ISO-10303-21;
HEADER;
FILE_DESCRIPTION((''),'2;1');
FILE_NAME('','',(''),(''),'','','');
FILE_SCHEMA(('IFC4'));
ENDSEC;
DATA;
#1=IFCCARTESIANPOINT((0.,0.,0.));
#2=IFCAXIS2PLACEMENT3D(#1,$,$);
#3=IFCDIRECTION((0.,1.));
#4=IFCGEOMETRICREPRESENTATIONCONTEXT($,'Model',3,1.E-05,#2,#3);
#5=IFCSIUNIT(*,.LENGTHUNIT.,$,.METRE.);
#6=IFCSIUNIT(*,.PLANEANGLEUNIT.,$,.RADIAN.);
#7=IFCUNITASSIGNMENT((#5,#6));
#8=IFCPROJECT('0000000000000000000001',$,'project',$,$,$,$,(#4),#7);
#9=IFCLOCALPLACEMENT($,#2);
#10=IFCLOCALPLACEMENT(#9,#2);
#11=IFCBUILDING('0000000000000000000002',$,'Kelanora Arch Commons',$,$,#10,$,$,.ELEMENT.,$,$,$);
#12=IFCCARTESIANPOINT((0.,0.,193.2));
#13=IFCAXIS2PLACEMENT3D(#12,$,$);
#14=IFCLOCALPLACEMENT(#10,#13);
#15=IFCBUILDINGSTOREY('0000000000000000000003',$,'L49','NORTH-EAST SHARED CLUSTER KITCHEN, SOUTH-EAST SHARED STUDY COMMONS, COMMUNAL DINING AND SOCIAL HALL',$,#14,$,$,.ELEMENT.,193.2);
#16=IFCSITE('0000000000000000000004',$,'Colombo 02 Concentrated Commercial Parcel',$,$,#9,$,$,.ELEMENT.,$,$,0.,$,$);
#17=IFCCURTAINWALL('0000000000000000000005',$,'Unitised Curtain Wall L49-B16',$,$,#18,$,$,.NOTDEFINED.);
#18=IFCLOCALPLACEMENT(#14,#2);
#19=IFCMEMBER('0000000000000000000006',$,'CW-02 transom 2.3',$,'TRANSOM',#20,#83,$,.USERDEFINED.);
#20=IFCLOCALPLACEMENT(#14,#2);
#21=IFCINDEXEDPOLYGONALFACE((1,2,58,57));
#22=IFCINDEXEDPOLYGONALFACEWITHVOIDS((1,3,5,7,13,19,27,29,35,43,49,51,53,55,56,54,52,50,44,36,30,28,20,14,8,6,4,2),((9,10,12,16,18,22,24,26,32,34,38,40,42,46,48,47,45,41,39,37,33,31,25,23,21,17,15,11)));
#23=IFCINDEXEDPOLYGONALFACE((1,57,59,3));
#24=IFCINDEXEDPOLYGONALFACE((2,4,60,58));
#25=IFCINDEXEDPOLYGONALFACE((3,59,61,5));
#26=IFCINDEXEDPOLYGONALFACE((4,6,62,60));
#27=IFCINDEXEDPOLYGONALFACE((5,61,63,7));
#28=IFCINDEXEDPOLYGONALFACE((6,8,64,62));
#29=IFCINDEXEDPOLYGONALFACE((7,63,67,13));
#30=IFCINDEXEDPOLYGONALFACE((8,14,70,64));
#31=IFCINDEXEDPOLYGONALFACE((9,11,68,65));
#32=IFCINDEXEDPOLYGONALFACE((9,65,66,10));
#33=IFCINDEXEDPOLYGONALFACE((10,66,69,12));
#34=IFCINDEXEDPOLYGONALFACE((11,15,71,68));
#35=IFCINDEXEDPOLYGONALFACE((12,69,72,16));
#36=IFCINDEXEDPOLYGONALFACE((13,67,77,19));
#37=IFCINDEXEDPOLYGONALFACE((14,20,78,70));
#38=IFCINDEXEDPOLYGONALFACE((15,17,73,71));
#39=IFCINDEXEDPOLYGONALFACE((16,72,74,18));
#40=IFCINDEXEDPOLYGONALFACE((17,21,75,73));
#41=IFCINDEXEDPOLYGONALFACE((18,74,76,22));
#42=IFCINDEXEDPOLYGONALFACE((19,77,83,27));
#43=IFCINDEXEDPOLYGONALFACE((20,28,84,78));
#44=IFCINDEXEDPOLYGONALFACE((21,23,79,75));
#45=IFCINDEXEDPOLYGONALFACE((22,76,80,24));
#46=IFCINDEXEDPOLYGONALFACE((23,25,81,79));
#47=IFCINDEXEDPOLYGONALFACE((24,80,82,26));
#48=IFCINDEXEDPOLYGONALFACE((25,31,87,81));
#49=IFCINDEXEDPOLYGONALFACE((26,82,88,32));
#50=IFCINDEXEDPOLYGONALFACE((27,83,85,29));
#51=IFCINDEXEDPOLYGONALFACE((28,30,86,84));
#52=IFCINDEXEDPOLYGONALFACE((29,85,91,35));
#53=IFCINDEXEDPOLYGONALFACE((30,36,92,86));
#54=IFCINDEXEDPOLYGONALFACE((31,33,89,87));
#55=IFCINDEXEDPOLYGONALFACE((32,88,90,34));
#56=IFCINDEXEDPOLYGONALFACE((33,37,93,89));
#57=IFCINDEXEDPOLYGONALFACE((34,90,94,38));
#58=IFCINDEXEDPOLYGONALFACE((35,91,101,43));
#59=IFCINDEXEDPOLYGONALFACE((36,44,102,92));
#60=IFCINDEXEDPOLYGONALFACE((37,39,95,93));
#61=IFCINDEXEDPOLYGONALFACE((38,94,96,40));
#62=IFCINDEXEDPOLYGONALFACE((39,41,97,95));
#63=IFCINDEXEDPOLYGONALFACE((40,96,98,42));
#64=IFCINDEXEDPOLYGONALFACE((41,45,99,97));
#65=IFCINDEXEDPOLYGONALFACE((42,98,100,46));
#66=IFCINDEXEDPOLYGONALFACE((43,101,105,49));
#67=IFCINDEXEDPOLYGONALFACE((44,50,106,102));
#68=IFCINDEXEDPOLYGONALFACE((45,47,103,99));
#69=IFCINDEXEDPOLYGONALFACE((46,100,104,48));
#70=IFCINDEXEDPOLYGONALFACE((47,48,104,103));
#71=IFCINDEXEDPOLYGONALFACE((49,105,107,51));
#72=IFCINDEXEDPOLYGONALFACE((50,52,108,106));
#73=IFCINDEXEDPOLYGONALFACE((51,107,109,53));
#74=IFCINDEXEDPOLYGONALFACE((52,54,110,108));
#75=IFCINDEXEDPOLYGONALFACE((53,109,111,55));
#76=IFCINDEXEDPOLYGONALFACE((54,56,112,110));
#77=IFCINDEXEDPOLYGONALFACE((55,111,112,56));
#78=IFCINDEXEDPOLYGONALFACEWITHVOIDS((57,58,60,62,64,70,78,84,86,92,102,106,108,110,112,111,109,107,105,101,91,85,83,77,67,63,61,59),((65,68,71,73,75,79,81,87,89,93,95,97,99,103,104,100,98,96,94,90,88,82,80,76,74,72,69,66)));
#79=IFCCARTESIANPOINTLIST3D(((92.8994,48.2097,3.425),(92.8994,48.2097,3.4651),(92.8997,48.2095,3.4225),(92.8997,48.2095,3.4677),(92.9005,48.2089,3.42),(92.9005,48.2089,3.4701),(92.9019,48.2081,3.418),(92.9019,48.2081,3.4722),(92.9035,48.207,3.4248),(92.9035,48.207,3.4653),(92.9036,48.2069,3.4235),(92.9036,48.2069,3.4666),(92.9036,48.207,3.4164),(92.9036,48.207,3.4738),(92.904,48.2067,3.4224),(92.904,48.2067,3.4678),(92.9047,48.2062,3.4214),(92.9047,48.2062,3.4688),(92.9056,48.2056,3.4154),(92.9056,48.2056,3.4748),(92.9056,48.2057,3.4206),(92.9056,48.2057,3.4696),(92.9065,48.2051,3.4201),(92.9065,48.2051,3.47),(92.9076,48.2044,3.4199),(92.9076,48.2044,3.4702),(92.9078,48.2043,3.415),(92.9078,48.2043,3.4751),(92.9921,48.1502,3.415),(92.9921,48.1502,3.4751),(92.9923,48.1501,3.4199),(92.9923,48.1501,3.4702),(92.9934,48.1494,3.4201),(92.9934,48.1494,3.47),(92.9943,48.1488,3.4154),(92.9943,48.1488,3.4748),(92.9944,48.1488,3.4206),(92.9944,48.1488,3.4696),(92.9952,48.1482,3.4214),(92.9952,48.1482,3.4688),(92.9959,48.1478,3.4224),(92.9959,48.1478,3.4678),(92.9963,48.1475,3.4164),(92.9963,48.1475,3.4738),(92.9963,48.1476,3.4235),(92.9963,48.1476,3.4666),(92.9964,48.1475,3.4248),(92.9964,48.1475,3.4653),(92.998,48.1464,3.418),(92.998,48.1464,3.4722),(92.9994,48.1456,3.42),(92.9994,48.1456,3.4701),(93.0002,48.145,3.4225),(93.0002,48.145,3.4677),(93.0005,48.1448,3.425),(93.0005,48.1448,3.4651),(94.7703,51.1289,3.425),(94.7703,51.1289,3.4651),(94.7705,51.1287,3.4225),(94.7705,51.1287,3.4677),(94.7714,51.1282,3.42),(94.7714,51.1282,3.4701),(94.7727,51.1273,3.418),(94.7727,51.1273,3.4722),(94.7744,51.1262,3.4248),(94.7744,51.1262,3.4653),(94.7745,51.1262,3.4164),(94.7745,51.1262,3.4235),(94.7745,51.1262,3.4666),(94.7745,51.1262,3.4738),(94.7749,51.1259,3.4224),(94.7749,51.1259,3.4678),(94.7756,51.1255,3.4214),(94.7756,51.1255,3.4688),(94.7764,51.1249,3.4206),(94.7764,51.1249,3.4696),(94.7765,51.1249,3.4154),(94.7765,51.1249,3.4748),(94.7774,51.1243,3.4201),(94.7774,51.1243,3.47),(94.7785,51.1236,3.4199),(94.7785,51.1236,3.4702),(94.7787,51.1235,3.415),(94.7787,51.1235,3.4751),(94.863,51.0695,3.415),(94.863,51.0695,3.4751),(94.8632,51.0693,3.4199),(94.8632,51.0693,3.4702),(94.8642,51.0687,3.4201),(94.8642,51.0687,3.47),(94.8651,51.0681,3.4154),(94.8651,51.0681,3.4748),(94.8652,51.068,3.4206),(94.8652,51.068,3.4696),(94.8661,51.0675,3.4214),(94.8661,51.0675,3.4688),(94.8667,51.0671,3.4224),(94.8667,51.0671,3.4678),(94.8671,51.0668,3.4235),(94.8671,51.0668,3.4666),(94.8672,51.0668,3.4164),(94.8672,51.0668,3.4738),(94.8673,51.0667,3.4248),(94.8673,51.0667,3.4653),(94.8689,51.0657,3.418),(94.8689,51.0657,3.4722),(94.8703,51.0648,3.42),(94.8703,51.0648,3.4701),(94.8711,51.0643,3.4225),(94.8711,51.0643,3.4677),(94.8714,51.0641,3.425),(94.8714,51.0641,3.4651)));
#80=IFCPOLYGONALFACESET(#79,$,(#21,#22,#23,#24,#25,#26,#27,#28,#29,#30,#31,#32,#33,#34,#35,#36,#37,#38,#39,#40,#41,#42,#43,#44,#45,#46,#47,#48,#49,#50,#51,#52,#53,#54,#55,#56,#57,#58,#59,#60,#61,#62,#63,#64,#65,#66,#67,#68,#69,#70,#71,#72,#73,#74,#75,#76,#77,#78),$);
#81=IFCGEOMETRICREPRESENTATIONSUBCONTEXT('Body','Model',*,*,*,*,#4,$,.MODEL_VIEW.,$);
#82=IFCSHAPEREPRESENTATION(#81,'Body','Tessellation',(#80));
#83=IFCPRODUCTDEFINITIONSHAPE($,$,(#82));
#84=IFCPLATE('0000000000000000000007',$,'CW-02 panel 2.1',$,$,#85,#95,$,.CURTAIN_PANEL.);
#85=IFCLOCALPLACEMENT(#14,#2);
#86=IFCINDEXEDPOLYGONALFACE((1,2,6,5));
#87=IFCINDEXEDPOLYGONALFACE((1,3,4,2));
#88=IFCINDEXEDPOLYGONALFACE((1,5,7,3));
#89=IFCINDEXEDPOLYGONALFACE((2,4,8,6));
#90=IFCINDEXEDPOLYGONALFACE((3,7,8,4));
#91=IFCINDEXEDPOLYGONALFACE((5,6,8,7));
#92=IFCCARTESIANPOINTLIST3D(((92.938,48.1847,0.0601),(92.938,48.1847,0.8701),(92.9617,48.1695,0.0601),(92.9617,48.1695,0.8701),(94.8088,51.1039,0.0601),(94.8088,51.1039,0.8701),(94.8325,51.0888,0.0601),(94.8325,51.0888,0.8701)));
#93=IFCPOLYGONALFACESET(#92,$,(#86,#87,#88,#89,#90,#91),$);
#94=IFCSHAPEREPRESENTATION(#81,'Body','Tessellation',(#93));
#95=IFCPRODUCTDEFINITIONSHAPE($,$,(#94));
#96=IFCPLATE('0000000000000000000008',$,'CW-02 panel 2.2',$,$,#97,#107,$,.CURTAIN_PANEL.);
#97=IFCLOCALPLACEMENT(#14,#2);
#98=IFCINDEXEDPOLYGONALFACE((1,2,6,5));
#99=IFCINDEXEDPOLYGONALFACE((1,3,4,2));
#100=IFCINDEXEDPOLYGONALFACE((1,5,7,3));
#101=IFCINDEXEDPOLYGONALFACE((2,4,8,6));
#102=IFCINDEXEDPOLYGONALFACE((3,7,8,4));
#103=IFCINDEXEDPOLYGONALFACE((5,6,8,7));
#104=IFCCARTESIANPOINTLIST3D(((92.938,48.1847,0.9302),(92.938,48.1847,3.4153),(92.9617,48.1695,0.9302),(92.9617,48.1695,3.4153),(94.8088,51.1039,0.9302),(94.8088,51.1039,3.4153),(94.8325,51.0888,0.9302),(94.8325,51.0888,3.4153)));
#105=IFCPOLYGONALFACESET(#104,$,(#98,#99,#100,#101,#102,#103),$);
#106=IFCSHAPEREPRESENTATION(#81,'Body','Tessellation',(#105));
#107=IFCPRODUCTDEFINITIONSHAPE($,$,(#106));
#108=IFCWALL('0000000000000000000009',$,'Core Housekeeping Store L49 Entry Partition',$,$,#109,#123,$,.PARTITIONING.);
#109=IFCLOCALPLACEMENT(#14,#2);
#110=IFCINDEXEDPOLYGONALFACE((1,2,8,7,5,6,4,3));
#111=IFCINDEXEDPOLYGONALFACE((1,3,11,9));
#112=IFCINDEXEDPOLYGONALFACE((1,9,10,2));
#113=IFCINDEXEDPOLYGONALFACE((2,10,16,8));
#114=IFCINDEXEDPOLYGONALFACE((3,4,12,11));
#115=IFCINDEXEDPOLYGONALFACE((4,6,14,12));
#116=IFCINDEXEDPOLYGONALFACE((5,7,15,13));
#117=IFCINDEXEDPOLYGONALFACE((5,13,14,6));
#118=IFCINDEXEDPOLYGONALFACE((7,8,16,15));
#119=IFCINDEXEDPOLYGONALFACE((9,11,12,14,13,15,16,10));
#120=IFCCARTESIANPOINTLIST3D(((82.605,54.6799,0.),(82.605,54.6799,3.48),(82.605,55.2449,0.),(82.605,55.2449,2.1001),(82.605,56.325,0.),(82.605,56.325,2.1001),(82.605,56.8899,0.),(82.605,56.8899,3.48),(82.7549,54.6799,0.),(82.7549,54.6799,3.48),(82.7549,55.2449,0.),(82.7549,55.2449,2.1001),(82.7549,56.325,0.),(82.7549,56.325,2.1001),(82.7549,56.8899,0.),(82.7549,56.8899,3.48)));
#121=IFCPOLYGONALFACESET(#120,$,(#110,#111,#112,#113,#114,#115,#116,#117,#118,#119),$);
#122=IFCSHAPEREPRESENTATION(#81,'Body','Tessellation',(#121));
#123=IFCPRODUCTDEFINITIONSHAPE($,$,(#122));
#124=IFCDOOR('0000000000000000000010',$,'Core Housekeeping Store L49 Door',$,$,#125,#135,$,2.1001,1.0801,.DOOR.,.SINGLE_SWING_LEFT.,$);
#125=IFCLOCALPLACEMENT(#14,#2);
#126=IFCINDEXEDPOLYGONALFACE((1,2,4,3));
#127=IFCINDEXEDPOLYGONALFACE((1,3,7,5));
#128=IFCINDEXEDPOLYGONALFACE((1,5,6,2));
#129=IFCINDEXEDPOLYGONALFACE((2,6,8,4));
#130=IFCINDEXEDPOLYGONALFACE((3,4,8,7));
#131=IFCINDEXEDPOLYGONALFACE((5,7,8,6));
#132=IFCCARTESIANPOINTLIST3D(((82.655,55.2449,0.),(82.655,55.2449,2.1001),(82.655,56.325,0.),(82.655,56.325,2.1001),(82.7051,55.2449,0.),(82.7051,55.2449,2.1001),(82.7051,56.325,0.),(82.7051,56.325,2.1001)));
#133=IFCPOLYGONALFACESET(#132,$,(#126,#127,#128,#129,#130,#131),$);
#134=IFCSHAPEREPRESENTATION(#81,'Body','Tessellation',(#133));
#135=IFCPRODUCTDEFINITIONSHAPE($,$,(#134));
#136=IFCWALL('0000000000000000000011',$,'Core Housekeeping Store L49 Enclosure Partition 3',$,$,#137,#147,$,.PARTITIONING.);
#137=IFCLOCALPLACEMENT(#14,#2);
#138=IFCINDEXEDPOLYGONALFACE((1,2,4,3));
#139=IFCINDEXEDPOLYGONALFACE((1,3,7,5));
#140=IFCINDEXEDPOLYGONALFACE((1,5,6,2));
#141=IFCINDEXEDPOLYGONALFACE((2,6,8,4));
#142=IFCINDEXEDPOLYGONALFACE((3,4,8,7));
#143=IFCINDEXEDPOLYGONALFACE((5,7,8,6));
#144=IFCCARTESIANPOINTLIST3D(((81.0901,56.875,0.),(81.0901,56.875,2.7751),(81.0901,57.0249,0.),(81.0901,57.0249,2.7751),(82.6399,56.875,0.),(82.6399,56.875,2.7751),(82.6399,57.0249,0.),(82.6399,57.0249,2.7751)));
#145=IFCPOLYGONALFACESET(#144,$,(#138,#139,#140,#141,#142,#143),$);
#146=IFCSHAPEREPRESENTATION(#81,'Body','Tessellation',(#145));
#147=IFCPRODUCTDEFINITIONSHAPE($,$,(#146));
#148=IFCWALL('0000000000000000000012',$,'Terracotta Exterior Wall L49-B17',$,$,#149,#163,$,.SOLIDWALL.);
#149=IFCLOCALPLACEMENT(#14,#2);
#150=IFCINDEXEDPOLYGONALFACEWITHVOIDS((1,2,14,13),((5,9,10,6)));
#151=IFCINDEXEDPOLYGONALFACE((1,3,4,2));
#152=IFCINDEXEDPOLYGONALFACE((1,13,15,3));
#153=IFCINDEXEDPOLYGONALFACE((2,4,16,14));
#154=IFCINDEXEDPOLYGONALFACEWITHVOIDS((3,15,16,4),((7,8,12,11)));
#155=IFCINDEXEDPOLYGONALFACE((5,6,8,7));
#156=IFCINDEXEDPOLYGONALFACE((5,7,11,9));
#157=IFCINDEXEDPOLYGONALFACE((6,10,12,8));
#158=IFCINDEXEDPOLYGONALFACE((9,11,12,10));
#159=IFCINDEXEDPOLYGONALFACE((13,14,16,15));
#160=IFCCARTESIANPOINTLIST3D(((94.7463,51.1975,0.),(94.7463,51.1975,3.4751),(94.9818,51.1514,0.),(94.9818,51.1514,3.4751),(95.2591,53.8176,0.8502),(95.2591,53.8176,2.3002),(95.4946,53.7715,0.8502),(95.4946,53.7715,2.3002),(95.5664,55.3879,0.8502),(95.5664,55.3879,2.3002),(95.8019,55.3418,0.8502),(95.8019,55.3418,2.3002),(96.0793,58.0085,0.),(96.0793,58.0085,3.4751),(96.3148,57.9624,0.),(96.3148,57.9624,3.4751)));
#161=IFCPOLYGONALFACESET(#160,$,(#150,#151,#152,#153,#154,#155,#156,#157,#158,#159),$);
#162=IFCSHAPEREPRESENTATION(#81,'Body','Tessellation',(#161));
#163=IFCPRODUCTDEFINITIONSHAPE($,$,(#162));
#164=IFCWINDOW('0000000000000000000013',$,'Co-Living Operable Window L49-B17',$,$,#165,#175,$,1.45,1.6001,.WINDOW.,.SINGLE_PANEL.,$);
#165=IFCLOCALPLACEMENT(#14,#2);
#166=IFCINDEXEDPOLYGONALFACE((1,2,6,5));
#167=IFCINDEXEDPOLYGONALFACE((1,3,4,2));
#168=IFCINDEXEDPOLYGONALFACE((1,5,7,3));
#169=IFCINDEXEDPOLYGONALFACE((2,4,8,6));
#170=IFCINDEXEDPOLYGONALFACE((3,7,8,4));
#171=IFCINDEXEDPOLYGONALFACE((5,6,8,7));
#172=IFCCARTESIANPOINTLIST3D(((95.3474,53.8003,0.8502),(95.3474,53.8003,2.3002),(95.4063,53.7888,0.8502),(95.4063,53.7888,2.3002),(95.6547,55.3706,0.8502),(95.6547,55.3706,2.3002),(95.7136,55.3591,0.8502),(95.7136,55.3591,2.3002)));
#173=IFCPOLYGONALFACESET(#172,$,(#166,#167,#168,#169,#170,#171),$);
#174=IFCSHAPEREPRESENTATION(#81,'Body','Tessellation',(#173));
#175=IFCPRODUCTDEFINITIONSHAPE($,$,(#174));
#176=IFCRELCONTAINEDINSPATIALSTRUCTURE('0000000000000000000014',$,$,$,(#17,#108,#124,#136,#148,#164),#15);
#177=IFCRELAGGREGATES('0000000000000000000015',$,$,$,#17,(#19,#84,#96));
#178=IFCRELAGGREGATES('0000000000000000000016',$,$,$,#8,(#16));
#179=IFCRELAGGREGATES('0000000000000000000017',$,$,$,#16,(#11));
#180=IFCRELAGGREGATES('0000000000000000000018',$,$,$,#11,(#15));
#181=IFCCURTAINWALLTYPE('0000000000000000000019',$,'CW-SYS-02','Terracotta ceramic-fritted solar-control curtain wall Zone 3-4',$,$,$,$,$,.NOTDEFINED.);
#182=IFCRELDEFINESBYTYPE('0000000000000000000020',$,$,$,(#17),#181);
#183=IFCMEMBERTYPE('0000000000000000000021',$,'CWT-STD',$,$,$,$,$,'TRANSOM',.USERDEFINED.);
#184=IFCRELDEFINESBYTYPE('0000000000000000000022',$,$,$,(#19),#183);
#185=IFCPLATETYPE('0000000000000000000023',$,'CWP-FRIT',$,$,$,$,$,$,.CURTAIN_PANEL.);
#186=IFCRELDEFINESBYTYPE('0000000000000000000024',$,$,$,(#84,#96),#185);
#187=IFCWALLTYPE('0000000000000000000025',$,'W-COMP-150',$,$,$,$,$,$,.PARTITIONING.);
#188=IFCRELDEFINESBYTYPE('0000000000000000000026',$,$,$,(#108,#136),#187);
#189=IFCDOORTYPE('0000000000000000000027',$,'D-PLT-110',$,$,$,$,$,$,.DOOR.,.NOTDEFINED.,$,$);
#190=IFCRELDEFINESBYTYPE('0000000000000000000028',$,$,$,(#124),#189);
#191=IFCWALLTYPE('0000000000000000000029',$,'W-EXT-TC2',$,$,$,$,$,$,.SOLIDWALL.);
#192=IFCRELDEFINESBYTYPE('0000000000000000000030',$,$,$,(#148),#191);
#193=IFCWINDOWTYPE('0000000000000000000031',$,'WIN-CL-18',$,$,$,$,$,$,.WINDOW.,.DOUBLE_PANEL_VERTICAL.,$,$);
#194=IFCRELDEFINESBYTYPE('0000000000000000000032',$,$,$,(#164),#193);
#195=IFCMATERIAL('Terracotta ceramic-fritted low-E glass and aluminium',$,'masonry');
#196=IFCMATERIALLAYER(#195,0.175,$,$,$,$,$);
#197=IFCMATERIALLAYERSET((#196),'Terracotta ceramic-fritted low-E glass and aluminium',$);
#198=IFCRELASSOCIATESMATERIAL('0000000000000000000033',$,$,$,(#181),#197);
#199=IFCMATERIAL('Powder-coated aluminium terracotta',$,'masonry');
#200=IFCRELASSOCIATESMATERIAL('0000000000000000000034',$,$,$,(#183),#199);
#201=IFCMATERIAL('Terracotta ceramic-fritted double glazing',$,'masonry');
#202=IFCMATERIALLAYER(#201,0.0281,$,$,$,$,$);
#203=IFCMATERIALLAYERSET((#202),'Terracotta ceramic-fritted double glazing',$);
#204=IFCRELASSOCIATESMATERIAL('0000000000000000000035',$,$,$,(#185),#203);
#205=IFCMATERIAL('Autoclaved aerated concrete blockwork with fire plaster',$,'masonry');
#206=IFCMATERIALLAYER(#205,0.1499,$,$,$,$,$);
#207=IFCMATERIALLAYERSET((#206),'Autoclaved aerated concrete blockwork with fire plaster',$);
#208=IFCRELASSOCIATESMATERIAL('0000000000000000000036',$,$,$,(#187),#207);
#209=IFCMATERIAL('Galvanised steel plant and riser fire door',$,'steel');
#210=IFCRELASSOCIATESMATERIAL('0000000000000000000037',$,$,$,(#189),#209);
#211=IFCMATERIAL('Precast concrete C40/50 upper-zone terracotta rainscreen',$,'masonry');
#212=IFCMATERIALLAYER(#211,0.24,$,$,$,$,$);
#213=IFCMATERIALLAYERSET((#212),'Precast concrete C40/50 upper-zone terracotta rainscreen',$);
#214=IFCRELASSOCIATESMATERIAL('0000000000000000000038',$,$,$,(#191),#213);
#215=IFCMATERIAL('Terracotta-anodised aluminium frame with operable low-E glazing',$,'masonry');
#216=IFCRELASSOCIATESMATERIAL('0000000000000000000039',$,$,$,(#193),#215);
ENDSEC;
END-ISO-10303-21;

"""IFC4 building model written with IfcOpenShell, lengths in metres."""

from ifc_helpers import new_model, si_unit, direction, frame, frame_2d, origin, origin_2d, place, context, subcontext, project, spatial, rectangle, hollow_rectangle, extrude, source, transform, mapped, material, layer, layer_set, material_profile, profile_set, type_object, element, fill, aggregate, save


model = new_model("IFC4")

# Units and contexts
model_context = context("Model", 3, precision=1e-05, world=origin(), true_north=direction((0.0, 1.0)))
body_context = subcontext(model_context, "Body", "Model", "MODEL_VIEW")
ifc_project = project(units=[si_unit("LENGTHUNIT", "METRE"), si_unit("PLANEANGLEUNIT", "RADIAN")], contexts=[model_context])

# Site, building, storey
site_placement = place(None, origin())
site = spatial("IfcSite", under=ifc_project, at=site_placement, Name="Colombo 02 Concentrated Commercial Parcel", CompositionType="ELEMENT", RefElevation=0.0)
building_placement = place(site_placement, origin())
building = spatial("IfcBuilding", under=site, at=building_placement, Name="Kelanora Arch Commons", CompositionType="ELEMENT")
storey_placement = place(building_placement, frame((0.0, 0.0, 193.2)))
storey = spatial("IfcBuildingStorey", under=building, at=storey_placement, Name="L49", Description="NORTH-EAST SHARED CLUSTER KITCHEN, SOUTH-EAST SHARED STUDY COMMONS, COMMUNAL DINING AND SOCIAL HALL", CompositionType="ELEMENT", Elevation=193.2)

# Curtain wall, member, plates
ifc_material_1 = material(Name="Terracotta ceramic-fritted low-E glass and aluminium", Category="masonry")
ifc_layer_1 = layer(ifc_material_1, 0.175)
ifc_layer_set_1 = layer_set([ifc_layer_1], Name="Terracotta ceramic-fritted low-E glass and aluminium")
curtain_wall_type = type_object("IfcCurtainWallType", Name="CW-SYS-02", Description="Terracotta ceramic-fritted solar-control curtain wall Zone 3-4", PredefinedType="NOTDEFINED", material=ifc_layer_set_1)
curtain_wall_placement = place(storey_placement, origin())
curtain_wall = element("IfcCurtainWall", 1, at=curtain_wall_placement, inside=storey, type_object=curtain_wall_type, Name="Unitised Curtain Wall L49-B16", PredefinedType="NOTDEFINED")
ifc_material_2 = material(Name="Powder-coated aluminium terracotta", Category="masonry")
ifc_material_profile_1 = material_profile(ifc_material_2, hollow_rectangle(XDim=0.1201, YDim=0.0601, WallThickness=0.0049, InnerFilletRadius=0.0049, OuterFilletRadius=0.01, at=origin_2d()), Name="CWT120x60")
ifc_profile_set_1 = profile_set([ifc_material_profile_1], Name="Powder-coated aluminium terracotta")
member_type_1 = type_object("IfcMemberType", Name="CWT-STD", ElementType="TRANSOM", PredefinedType="USERDEFINED", material=ifc_profile_set_1)
member_1_placement = place(storey_placement, frame((92.95, 48.1772, 3.4451), z_axis=(0.539579, 0.841935, 0.0), x_axis=(-0.841935, 0.539579, 0.0)))
member_1 = element("IfcMember", 2, at=member_1_placement, type_object=member_type_1, Name="CW-02 transom 2.3", ObjectType="TRANSOM", PredefinedType="USERDEFINED", context=body_context, shape_type="SweptSolid", body=[
    extrude(hollow_rectangle(XDim=0.1201, YDim=0.0601, WallThickness=0.0049, InnerFilletRadius=0.0049, OuterFilletRadius=0.01, at=origin_2d()), origin(), (0.0, 0.0, 1.0), 3.4673),
])
ifc_material_3 = material(Name="Terracotta ceramic-fritted double glazing", Category="masonry")
ifc_layer_2 = layer(ifc_material_3, 0.0281)
ifc_layer_set_2 = layer_set([ifc_layer_2], Name="Terracotta ceramic-fritted double glazing")
plate_type = type_object("IfcPlateType", Name="CWP-FRIT", PredefinedType="CURTAIN_PANEL", material=ifc_layer_set_2)
shared_shape_1 = source(origin(), body_context, "Body", "SweptSolid", [
    extrude(rectangle(XDim=3.4673, YDim=0.0281, at=origin_2d()), origin(), (0.0, 0.0, 1.0), 0.8101),
])
plate_1_placement = place(storey_placement, frame((93.8853, 49.6367, 0.0601), z_axis=(0.0, 0.0, 1.0), x_axis=(0.539559, 0.841948, 0.0)))
plate_1 = element("IfcPlate", 3, at=plate_1_placement, type_object=plate_type, Name="CW-02 panel 2.1", PredefinedType="CURTAIN_PANEL", context=body_context, shape_type="MappedRepresentation", body=[
    mapped(shared_shape_1, transform((0.0, 0.0, 0.0), scale=1.0)),
])
shared_shape_2 = source(origin(), body_context, "Body", "SweptSolid", [
    extrude(rectangle(XDim=3.4673, YDim=0.0281, at=origin_2d()), origin(), (0.0, 0.0, 1.0), 2.4851),
])
plate_2_placement = place(storey_placement, frame((93.8853, 49.6367, 0.9302), z_axis=(0.0, 0.0, 1.0), x_axis=(0.539559, 0.841948, 0.0)))
plate_2 = element("IfcPlate", 4, at=plate_2_placement, type_object=plate_type, Name="CW-02 panel 2.2", PredefinedType="CURTAIN_PANEL", context=body_context, shape_type="MappedRepresentation", body=[
    mapped(shared_shape_2, transform((0.0, 0.0, 0.0), scale=1.0)),
])
aggregate(curtain_wall, [member_1, plate_1, plate_2])

# Wall, opening, door
ifc_material_4 = material(Name="Autoclaved aerated concrete blockwork with fire plaster", Category="masonry")
ifc_layer_3 = layer(ifc_material_4, 0.1499)
ifc_layer_set_3 = layer_set([ifc_layer_3], Name="Autoclaved aerated concrete blockwork with fire plaster")
wall_type_1 = type_object("IfcWallType", Name="W-COMP-150", PredefinedType="PARTITIONING", material=ifc_layer_set_3)
wall_1_placement = place(storey_placement, frame((82.6799, 54.6799, 0.0), z_axis=(0.0, 0.0, 1.0), x_axis=(0.0, 1.0, 0.0)))
wall_1 = element("IfcWall", 5, at=wall_1_placement, inside=storey, type_object=wall_type_1, Name="Core Housekeeping Store L49 Entry Partition", PredefinedType="PARTITIONING", context=body_context, shape_type="SweptSolid", body=[
    extrude(rectangle(XDim=2.21, YDim=0.1499, at=frame_2d((1.105, 0.0))), origin(), (0.0, 0.0, 1.0), 3.48),
])
opening_1_placement = place(wall_1_placement, frame((0.5649, 0.0, 0.0)))
opening_1 = element("IfcOpeningElement", 6, at=opening_1_placement, cuts=wall_1, PredefinedType="OPENING", context=body_context, shape_type="SweptSolid", body=[
    extrude(rectangle(XDim=1.0801, YDim=2.1001, at=frame_2d((0.54, 1.05))), frame((0.0, 0.085, 0.0), z_axis=(0.0, -1.0, 0.0), x_axis=(1.0, 0.0, 0.0)), (0.0, 0.0, 1.0), 0.1699),
])
ifc_material_5 = material(Name="Galvanised steel plant and riser fire door", Category="steel")
door_type = type_object("IfcDoorType", Name="D-PLT-110", OperationType="NOTDEFINED", PredefinedType="DOOR", material=ifc_material_5)
door_placement = place(opening_1_placement, origin())
door = element("IfcDoor", 7, at=door_placement, inside=storey, type_object=door_type, Name="Core Housekeeping Store L49 Door", OperationType="SINGLE_SWING_LEFT", OverallHeight=2.1001, OverallWidth=1.0801, PredefinedType="DOOR", context=body_context, shape_type="SweptSolid", body=[
    extrude(rectangle(XDim=1.0801, YDim=2.1001, at=frame_2d((0.54, 1.05))), frame((0.0, 0.0249, 0.0), z_axis=(0.0, -1.0, 0.0), x_axis=(1.0, 0.0, 0.0)), (0.0, 0.0, 1.0), 0.05),
])
fill(opening_1, door)

# Wall
wall_2_placement = place(storey_placement, frame((82.6399, 56.95, 0.0), z_axis=(0.0, 0.0, 1.0), x_axis=(-1.0, 0.0, 0.0)))
element("IfcWall", 8, at=wall_2_placement, inside=storey, type_object=wall_type_1, Name="Core Housekeeping Store L49 Enclosure Partition 3", PredefinedType="PARTITIONING", context=body_context, shape_type="SweptSolid", body=[
    extrude(rectangle(XDim=1.5498, YDim=0.1499, at=frame_2d((0.7749, 0.0))), origin(), (0.0, 0.0, 1.0), 2.7751),
])

# Wall, opening, window
ifc_material_6 = material(Name="Precast concrete C40/50 upper-zone terracotta rainscreen", Category="masonry")
ifc_layer_4 = layer(ifc_material_6, 0.24)
ifc_layer_set_4 = layer_set([ifc_layer_4], Name="Precast concrete C40/50 upper-zone terracotta rainscreen")
wall_type_2 = type_object("IfcWallType", Name="W-EXT-TC2", PredefinedType="SOLIDWALL", material=ifc_layer_set_4)
wall_3_placement = place(storey_placement, frame((94.864, 51.1743, 0.0), z_axis=(0.0, 0.0, 1.0), x_axis=(0.192069, 0.981381, 0.0)))
wall_3 = element("IfcWall", 9, at=wall_3_placement, inside=storey, type_object=wall_type_2, Name="Terracotta Exterior Wall L49-B17", PredefinedType="SOLIDWALL", context=body_context, shape_type="SweptSolid", body=[
    extrude(rectangle(XDim=6.9402, YDim=0.24, at=frame_2d((3.4702, 0.0))), origin(), (0.0, 0.0, 1.0), 3.4751),
])
opening_2_placement = place(wall_3_placement, frame((2.6699, 0.0, 0.8501)))
opening_2 = element("IfcOpeningElement", 10, at=opening_2_placement, cuts=wall_3, PredefinedType="OPENING", context=body_context, shape_type="SweptSolid", body=[
    extrude(rectangle(XDim=1.6001, YDim=1.45, at=frame_2d((0.8, 0.7251))), frame((0.0, 0.1299, 0.0), z_axis=(0.0, -1.0, 0.0), x_axis=(1.0, 0.0, 0.0)), (0.0, 0.0, 1.0), 0.26),
])
ifc_material_7 = material(Name="Terracotta-anodised aluminium frame with operable low-E glazing", Category="masonry")
window_type = type_object("IfcWindowType", Name="WIN-CL-18", PartitioningType="DOUBLE_PANEL_VERTICAL", PredefinedType="WINDOW", material=ifc_material_7)
window_placement = place(opening_2_placement, origin())
window = element("IfcWindow", 11, at=window_placement, inside=storey, type_object=window_type, Name="Co-Living Operable Window L49-B17", OverallHeight=1.45, OverallWidth=1.6001, PartitioningType="SINGLE_PANEL", PredefinedType="WINDOW", context=body_context, shape_type="SweptSolid", body=[
    extrude(rectangle(XDim=1.6001, YDim=1.45, at=frame_2d((0.8, 0.7251))), frame((0.0, 0.03, 0.0), z_axis=(0.0, -1.0, 0.0), x_axis=(1.0, 0.0, 0.0)), (0.0, 0.0, 1.0), 0.0601),
])
fill(opening_2, window)

save(model, "model.ifc")
